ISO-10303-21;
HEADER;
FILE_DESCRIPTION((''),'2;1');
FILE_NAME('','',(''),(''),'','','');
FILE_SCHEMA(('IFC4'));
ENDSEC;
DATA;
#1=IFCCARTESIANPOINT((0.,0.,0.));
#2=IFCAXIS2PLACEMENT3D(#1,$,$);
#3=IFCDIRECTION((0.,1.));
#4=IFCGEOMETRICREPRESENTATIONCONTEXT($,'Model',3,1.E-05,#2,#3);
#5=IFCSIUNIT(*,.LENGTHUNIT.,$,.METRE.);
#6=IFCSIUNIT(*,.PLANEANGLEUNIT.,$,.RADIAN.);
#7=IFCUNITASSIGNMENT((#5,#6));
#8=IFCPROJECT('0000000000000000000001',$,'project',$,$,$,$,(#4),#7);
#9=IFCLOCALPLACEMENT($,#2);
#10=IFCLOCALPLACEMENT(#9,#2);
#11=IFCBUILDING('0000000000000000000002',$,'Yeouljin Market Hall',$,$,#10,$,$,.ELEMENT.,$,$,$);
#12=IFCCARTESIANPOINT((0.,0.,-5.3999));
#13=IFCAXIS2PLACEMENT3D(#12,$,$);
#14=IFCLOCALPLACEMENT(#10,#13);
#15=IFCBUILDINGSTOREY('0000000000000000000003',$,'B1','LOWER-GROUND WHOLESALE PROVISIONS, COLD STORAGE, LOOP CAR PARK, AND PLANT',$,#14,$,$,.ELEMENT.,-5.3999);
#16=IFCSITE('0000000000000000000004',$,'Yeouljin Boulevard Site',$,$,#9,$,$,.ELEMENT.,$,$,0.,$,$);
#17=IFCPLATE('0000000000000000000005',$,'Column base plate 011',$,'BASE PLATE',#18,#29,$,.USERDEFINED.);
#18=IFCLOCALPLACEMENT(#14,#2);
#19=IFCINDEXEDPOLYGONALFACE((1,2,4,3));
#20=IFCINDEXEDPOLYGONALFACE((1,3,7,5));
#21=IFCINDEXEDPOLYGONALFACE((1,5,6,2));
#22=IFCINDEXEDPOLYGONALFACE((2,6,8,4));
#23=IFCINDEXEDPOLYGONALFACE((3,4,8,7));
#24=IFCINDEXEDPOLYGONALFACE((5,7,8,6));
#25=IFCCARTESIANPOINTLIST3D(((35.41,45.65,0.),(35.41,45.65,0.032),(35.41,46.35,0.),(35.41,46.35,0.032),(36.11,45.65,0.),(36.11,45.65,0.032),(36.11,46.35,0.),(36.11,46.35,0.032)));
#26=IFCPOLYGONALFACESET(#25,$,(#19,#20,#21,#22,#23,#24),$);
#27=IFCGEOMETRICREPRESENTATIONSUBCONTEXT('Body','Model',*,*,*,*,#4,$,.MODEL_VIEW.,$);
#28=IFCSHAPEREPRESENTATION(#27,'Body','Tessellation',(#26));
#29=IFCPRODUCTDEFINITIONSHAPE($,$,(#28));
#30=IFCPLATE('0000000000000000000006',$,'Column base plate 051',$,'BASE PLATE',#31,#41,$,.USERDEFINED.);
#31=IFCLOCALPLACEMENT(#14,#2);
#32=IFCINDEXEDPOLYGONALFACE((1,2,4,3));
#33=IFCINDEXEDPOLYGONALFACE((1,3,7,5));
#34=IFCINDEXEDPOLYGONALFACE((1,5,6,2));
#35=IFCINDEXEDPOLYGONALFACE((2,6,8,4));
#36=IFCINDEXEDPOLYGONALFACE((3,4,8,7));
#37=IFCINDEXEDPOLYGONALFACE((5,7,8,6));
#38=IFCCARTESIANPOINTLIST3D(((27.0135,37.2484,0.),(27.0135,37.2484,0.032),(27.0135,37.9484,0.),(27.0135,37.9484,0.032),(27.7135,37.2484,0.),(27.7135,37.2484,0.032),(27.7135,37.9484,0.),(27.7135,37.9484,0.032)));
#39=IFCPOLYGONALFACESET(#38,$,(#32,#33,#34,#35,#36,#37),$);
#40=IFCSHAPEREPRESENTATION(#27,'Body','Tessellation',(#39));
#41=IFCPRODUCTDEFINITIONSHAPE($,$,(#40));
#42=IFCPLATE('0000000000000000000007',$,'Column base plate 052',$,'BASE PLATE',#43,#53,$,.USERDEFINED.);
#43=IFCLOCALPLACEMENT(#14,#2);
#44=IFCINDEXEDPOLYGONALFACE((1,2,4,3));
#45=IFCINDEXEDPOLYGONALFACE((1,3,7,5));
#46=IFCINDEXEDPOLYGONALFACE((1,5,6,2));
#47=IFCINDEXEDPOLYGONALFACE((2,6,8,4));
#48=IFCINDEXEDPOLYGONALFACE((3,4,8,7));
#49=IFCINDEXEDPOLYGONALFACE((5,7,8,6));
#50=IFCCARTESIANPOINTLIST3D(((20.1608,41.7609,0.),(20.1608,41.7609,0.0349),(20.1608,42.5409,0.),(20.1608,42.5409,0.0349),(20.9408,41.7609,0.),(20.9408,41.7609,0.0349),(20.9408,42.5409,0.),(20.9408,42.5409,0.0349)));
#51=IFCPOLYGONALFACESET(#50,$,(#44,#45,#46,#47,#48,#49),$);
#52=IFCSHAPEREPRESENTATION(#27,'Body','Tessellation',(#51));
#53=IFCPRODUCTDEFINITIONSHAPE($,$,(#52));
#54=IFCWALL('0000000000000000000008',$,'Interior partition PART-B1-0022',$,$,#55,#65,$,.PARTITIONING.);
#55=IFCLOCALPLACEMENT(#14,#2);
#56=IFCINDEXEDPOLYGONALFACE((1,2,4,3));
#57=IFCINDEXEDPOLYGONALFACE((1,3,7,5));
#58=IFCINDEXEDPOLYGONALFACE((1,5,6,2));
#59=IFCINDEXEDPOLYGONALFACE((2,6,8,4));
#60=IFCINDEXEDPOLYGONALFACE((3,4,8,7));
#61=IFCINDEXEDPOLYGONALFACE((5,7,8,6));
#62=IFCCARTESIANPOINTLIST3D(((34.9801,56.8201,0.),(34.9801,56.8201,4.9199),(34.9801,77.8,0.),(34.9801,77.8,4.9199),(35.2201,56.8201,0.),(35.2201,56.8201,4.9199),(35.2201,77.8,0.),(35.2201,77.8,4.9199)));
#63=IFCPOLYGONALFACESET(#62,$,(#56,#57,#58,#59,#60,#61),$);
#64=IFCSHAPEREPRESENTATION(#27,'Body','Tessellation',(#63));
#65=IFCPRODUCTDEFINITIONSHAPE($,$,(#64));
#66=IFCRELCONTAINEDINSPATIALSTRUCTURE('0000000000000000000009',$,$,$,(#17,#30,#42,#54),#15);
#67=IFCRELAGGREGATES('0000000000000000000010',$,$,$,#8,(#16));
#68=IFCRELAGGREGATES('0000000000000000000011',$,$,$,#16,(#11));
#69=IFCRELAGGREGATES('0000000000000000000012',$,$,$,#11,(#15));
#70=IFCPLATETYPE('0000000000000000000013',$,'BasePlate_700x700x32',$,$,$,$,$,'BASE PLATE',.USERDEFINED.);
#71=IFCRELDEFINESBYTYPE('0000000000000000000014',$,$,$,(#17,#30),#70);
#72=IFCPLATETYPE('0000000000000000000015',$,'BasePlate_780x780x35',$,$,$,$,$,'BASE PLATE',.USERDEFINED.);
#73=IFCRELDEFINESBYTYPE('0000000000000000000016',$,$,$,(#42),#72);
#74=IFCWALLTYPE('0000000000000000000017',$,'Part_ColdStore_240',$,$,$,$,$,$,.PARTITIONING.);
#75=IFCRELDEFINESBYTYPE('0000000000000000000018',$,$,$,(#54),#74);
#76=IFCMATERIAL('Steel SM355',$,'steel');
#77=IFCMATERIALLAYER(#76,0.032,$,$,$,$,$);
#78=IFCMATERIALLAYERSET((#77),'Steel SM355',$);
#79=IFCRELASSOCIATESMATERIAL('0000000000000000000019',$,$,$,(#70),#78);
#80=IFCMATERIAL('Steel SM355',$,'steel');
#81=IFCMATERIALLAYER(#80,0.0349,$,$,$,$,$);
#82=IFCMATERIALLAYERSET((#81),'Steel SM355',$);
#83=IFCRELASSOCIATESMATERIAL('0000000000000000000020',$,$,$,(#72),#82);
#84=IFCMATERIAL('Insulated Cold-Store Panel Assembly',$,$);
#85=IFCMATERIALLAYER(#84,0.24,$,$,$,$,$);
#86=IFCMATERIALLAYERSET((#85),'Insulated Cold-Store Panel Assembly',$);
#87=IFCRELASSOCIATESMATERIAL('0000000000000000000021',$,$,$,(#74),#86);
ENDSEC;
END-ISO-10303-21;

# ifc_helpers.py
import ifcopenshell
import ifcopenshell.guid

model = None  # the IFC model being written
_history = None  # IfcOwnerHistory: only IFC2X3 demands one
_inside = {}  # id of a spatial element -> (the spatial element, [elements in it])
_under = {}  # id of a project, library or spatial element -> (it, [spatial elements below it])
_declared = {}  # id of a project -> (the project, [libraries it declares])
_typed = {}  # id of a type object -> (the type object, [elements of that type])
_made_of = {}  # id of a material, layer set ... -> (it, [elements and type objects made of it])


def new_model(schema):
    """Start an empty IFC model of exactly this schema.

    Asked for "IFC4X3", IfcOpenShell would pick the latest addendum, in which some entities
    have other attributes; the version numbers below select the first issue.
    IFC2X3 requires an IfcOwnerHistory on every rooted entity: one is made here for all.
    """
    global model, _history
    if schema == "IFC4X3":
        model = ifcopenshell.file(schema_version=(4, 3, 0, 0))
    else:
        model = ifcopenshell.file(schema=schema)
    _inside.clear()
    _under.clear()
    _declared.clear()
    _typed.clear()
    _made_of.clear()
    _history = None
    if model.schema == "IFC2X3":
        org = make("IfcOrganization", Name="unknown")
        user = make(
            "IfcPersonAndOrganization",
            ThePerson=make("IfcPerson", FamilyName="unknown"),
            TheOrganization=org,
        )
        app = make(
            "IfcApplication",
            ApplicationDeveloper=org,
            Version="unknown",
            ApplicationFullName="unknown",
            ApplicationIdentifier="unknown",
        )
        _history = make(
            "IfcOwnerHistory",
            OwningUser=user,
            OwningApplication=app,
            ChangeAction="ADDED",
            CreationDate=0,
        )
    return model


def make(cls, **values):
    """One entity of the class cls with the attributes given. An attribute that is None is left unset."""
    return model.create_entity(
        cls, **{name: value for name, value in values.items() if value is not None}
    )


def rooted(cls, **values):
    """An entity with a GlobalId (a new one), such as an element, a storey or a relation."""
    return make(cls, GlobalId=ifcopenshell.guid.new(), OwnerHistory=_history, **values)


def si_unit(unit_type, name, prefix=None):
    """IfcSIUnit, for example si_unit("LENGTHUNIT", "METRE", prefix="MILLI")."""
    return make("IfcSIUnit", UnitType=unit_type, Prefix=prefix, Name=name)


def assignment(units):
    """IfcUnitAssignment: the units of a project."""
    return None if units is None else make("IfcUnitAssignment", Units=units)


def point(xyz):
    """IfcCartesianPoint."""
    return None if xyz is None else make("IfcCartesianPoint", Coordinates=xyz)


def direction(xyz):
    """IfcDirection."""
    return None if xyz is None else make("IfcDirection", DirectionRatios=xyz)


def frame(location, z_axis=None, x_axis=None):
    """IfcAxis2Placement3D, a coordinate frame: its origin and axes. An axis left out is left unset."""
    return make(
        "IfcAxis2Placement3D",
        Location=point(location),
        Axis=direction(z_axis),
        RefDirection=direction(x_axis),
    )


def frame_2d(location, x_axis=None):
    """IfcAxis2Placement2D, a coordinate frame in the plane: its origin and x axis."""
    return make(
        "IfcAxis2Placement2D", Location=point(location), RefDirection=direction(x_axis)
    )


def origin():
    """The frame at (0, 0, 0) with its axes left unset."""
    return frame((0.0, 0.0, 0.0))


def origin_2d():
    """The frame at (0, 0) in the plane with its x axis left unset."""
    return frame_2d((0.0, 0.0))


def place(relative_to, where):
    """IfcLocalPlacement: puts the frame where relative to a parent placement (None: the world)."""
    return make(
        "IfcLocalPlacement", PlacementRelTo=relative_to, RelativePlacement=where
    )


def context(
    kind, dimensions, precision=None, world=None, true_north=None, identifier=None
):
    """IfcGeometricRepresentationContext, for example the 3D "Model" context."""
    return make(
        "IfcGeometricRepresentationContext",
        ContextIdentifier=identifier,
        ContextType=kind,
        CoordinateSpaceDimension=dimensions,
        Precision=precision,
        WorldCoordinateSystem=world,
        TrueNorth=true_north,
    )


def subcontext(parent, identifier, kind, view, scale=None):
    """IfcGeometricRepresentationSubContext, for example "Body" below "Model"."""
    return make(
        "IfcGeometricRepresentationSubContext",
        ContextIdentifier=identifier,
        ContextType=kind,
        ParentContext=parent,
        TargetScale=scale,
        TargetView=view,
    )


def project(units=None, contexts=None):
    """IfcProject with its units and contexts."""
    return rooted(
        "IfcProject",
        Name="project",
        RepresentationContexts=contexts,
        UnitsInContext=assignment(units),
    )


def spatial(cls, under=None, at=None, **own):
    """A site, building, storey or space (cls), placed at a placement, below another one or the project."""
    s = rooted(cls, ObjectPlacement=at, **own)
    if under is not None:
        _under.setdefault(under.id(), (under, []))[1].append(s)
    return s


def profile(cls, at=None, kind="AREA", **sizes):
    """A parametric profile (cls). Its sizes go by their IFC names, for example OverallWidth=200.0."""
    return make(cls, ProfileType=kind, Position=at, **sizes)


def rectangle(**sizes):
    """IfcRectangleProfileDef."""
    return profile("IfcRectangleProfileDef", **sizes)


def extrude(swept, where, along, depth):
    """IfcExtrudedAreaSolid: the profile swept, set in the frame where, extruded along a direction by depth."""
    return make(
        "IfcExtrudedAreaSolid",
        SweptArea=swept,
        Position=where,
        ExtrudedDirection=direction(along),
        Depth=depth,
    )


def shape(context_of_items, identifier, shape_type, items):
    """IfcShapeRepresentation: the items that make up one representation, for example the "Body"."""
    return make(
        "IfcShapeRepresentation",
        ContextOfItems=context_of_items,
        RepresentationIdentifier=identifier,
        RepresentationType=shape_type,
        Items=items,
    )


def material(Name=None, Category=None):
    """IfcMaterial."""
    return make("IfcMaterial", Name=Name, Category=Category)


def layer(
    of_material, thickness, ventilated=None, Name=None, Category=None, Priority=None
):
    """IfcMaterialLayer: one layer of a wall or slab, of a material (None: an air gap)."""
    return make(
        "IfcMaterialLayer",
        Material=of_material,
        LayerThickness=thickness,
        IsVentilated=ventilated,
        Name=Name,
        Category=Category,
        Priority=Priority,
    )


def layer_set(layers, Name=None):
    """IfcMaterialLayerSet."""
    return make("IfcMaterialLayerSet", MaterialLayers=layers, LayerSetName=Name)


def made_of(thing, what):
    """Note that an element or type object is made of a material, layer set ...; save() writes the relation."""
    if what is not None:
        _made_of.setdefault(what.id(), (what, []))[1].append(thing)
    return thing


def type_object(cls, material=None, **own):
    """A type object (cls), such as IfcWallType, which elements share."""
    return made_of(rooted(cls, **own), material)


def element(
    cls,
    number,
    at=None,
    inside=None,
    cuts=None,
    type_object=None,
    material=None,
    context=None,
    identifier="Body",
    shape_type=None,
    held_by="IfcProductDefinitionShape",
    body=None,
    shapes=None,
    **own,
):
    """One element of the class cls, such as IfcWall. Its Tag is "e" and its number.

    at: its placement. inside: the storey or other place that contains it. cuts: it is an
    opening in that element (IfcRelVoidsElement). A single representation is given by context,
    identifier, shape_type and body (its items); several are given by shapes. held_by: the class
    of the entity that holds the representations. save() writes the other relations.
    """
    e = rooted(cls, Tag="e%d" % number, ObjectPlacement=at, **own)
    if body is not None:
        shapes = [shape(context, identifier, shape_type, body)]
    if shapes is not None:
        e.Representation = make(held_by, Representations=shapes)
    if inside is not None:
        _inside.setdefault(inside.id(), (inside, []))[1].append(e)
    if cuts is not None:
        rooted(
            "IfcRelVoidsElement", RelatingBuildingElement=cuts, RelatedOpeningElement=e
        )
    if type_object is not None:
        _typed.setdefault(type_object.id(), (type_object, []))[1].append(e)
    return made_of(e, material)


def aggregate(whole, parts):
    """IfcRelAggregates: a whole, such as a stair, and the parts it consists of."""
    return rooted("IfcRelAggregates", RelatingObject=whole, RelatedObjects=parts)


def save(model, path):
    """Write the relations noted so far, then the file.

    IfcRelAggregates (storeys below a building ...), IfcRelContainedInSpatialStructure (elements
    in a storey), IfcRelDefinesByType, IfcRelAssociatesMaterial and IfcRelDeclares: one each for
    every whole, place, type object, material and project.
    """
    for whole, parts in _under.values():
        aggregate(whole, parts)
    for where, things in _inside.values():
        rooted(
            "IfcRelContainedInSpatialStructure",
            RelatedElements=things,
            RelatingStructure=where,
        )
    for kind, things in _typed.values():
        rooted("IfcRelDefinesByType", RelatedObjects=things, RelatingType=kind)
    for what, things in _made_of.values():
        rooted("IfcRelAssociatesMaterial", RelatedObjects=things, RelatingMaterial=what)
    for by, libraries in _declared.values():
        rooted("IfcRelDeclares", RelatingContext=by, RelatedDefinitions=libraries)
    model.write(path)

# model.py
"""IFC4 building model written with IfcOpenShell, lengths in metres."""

from ifc_helpers import new_model, si_unit, direction, frame, frame_2d, origin, origin_2d, place, context, subcontext, project, spatial, rectangle, extrude, material, layer, layer_set, type_object, element, save


model = new_model("IFC4")

# Units and contexts
model_context = context("Model", 3, precision=1e-05, world=origin(), true_north=direction((0.0, 1.0)))
body_context = subcontext(model_context, "Body", "Model", "MODEL_VIEW")
ifc_project = project(units=[si_unit("LENGTHUNIT", "METRE"), si_unit("PLANEANGLEUNIT", "RADIAN")], contexts=[model_context])

# Site, building, storey
site_placement = place(None, origin())
site = spatial("IfcSite", under=ifc_project, at=site_placement, Name="Yeouljin Boulevard Site", CompositionType="ELEMENT", RefElevation=0.0)
building_placement = place(site_placement, origin())
building = spatial("IfcBuilding", under=site, at=building_placement, Name="Yeouljin Market Hall", CompositionType="ELEMENT")
storey_placement = place(building_placement, frame((0.0, 0.0, -5.3999)))
storey = spatial("IfcBuildingStorey", under=building, at=storey_placement, Name="B1", Description="LOWER-GROUND WHOLESALE PROVISIONS, COLD STORAGE, LOOP CAR PARK, AND PLANT", CompositionType="ELEMENT", Elevation=-5.3999)

# Plates
ifc_material_1 = material(Name="Steel SM355", Category="steel")
ifc_layer_1 = layer(ifc_material_1, 0.032)
ifc_layer_set_1 = layer_set([ifc_layer_1], Name="Steel SM355")
plate_type_1 = type_object("IfcPlateType", Name="BasePlate_700x700x32", ElementType="BASE PLATE", PredefinedType="USERDEFINED", material=ifc_layer_set_1)
for number, where, z_axis, x_axis, name in (
    (1, (35.76, 46.0, 0.0), (0.0, 0.0, 1.0), (1.0, 0.0, 0.0), "Column base plate 011"),
    (2, (27.3635, 37.5984, 0.0), (0.0, 0.0, 1.0), (1.0, 0.0, 0.0), "Column base plate 051"),
):
    element("IfcPlate", number, at=place(storey_placement, frame(where, z_axis=z_axis, x_axis=x_axis)), inside=storey, type_object=plate_type_1, Name=name, ObjectType="BASE PLATE", PredefinedType="USERDEFINED", context=body_context, shape_type="SweptSolid", body=[
        extrude(rectangle(XDim=0.7, YDim=0.7, at=origin_2d()), origin(), (0.0, 0.0, 1.0), 0.032),
    ])
ifc_material_2 = material(Name="Steel SM355", Category="steel")
ifc_layer_2 = layer(ifc_material_2, 0.0349)
ifc_layer_set_2 = layer_set([ifc_layer_2], Name="Steel SM355")
plate_type_2 = type_object("IfcPlateType", Name="BasePlate_780x780x35", ElementType="BASE PLATE", PredefinedType="USERDEFINED", material=ifc_layer_set_2)
plate_placement = place(storey_placement, frame((20.5508, 42.1509, 0.0), z_axis=(0.0, 0.0, 1.0), x_axis=(1.0, 0.0, 0.0)))
element("IfcPlate", 3, at=plate_placement, inside=storey, type_object=plate_type_2, Name="Column base plate 052", ObjectType="BASE PLATE", PredefinedType="USERDEFINED", context=body_context, shape_type="SweptSolid", body=[
    extrude(rectangle(XDim=0.78, YDim=0.78, at=origin_2d()), origin(), (0.0, 0.0, 1.0), 0.0349),
])

# Wall
ifc_material_3 = material(Name="Insulated Cold-Store Panel Assembly")
ifc_layer_3 = layer(ifc_material_3, 0.24)
ifc_layer_set_3 = layer_set([ifc_layer_3], Name="Insulated Cold-Store Panel Assembly")
wall_type = type_object("IfcWallType", Name="Part_ColdStore_240", PredefinedType="PARTITIONING", material=ifc_layer_set_3)
wall_placement = place(storey_placement, frame((35.1001, 56.8201, 0.0), z_axis=(0.0, 0.0, 1.0), x_axis=(0.0, 1.0, 0.0)))
element("IfcWall", 4, at=wall_placement, inside=storey, type_object=wall_type, Name="Interior partition PART-B1-0022", PredefinedType="PARTITIONING", context=body_context, shape_type="SweptSolid", body=[
    extrude(rectangle(XDim=20.98, YDim=0.24, at=frame_2d((10.49, 0.0))), origin(), (0.0, 0.0, 1.0), 4.9199),
])

save(model, "model.ifc")
